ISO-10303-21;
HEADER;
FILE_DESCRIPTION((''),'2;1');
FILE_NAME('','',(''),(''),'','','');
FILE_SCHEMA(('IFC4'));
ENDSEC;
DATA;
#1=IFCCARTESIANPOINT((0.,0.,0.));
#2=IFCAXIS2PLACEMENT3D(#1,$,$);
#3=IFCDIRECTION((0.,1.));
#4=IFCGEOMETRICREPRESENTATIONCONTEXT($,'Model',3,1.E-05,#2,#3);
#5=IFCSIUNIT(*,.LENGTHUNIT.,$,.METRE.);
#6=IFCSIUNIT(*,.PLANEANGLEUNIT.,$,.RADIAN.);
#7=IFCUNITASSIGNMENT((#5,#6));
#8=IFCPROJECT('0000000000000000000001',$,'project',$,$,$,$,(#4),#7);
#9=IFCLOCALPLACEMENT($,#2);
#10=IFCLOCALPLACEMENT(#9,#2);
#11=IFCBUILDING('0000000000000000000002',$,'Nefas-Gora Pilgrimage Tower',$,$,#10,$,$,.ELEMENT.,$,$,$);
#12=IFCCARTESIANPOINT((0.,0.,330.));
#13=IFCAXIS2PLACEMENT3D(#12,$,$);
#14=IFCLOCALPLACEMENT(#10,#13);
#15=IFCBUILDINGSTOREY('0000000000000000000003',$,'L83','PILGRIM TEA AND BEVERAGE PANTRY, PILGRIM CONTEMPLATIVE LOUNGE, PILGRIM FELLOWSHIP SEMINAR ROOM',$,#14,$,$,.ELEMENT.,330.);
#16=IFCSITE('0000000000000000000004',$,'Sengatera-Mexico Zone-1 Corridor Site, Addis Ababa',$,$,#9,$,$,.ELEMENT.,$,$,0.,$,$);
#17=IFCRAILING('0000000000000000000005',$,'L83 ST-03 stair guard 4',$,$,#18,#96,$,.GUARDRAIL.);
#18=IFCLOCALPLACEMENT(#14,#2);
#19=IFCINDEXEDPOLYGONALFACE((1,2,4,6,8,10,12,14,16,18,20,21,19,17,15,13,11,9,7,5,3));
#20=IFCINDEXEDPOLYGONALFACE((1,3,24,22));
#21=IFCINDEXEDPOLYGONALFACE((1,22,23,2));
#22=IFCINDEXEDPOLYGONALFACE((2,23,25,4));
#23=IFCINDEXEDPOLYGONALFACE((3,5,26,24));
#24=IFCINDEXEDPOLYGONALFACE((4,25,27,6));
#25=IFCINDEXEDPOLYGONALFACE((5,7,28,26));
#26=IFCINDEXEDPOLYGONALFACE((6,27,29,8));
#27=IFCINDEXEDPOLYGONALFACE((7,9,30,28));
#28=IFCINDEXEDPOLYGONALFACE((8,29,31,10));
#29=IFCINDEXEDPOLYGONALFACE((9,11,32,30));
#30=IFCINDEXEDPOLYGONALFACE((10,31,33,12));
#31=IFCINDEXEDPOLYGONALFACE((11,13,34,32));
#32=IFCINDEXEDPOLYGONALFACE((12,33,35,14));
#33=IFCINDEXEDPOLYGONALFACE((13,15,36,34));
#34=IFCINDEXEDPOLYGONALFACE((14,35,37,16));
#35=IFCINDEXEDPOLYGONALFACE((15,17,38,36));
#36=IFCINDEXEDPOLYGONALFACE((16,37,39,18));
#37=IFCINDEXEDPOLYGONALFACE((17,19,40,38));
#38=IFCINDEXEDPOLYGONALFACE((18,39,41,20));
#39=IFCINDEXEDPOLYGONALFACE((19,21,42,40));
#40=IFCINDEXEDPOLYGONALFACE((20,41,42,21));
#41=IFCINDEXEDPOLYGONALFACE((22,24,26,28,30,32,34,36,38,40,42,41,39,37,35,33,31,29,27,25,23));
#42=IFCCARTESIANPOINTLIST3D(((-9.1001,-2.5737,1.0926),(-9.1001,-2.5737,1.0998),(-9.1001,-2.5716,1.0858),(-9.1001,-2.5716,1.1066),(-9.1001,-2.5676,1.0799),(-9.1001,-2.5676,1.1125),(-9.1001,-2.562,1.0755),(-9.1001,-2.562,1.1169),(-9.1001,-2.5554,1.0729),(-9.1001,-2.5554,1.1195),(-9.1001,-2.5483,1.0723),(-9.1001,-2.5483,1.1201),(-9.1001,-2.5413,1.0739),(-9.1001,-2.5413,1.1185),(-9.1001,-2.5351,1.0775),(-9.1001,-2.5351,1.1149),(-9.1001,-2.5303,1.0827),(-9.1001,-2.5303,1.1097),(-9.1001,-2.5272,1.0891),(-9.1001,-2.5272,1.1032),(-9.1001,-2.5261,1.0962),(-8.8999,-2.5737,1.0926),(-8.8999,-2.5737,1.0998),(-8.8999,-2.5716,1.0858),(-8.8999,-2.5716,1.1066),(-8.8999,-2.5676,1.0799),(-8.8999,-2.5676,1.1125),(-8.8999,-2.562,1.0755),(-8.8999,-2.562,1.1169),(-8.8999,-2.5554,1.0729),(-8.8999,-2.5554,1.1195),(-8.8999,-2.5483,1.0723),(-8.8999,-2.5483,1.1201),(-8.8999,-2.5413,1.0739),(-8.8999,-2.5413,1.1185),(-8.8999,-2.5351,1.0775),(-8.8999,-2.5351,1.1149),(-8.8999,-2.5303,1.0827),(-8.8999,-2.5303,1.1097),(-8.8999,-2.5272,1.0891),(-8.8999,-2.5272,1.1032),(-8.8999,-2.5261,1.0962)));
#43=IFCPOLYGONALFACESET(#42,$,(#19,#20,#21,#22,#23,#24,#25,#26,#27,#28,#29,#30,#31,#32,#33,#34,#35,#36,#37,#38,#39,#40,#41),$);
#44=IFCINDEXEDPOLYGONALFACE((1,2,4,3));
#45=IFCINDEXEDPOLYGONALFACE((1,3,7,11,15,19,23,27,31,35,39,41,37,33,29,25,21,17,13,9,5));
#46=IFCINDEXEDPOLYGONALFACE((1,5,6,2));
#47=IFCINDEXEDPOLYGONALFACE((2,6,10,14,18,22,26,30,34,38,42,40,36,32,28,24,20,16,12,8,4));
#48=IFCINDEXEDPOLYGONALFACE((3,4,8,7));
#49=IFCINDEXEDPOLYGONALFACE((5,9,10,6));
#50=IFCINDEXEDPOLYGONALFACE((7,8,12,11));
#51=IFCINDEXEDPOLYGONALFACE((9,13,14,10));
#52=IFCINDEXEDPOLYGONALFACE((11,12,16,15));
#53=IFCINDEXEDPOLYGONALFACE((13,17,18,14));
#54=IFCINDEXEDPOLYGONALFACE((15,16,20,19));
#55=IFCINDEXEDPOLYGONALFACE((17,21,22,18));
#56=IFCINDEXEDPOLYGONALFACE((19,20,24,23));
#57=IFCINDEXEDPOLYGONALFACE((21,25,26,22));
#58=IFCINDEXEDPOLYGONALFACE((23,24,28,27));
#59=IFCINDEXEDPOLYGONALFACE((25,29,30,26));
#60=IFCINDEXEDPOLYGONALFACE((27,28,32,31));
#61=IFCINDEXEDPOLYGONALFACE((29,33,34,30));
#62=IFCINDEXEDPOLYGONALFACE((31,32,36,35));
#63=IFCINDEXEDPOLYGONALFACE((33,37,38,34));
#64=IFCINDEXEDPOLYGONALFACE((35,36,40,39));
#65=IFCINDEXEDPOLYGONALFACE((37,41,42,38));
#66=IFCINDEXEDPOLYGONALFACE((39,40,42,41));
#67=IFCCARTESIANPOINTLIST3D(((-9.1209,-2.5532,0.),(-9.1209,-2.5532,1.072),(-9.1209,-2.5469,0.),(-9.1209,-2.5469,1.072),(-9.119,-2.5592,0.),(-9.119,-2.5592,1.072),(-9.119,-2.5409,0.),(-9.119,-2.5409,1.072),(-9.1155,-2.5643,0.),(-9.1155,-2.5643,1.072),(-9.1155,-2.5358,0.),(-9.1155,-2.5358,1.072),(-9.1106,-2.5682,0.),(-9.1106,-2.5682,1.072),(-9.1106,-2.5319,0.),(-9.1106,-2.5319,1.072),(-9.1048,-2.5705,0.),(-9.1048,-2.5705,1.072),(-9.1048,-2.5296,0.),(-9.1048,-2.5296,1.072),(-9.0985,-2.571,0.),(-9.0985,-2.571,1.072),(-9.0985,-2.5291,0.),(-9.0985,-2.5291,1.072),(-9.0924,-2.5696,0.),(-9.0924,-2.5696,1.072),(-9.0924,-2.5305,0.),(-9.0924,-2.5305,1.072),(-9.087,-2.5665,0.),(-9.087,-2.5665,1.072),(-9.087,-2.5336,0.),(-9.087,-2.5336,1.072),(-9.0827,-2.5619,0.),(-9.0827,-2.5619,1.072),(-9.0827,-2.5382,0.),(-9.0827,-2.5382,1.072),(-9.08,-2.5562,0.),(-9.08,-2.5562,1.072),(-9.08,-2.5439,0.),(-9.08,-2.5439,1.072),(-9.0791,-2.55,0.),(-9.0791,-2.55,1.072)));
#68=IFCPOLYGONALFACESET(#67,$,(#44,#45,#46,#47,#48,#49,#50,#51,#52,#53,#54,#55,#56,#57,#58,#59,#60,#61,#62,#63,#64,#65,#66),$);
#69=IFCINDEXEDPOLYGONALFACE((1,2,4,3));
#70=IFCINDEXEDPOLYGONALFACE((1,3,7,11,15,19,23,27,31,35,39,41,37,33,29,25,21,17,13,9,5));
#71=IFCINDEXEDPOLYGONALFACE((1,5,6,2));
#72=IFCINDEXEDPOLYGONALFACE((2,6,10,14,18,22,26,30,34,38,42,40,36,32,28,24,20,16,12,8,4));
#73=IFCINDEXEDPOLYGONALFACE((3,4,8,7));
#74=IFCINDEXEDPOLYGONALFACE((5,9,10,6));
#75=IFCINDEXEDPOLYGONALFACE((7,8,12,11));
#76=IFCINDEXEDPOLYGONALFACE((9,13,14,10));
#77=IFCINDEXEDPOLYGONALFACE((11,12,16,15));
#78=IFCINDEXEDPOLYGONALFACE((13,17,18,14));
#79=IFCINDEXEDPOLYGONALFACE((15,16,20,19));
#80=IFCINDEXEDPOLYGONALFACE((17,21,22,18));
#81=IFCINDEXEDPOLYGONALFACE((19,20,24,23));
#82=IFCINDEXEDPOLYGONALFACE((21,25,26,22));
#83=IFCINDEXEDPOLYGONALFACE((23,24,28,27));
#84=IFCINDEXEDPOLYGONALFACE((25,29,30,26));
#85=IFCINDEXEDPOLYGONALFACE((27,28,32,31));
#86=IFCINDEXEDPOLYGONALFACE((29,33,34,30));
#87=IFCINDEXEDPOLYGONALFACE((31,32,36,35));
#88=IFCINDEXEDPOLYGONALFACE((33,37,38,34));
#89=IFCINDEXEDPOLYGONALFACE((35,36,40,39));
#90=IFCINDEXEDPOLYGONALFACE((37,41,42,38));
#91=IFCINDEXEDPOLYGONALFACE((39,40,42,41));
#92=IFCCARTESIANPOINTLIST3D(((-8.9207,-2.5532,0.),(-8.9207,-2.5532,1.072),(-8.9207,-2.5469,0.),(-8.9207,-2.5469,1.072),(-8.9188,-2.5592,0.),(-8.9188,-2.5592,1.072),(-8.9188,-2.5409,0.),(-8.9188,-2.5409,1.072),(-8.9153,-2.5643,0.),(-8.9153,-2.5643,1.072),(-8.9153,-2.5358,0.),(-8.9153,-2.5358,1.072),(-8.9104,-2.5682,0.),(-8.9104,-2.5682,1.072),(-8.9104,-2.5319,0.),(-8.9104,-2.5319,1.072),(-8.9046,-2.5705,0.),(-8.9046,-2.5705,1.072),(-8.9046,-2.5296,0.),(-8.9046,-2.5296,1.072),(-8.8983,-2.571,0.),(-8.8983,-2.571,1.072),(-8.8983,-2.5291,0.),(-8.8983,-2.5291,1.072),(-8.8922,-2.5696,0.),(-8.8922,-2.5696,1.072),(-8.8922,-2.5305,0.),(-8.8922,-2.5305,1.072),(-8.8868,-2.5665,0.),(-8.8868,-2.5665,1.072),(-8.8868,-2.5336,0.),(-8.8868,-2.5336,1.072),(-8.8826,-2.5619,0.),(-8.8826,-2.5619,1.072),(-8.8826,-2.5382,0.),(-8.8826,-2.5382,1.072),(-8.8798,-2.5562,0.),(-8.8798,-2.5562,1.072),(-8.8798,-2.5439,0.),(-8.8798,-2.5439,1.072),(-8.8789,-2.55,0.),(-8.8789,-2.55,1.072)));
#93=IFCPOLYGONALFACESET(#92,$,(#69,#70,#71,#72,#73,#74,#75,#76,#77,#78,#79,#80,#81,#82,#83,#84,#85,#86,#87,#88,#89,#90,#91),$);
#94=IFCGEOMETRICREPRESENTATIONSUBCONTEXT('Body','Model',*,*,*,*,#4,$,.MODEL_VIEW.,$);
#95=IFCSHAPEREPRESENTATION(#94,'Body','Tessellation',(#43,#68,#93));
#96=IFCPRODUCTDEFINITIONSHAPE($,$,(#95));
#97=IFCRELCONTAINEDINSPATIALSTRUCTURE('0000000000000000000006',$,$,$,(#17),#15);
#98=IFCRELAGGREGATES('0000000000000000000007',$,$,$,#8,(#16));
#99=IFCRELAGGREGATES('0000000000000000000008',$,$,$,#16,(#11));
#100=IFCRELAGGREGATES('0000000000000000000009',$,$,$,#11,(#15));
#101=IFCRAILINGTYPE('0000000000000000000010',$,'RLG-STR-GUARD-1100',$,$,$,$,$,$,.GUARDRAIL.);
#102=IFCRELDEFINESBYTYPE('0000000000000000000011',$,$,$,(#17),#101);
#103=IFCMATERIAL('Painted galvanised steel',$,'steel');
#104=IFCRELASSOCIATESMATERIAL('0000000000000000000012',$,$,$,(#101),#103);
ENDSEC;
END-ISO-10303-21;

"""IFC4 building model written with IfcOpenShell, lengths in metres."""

from ifc_helpers import new_model, si_unit, direction, frame, origin, origin_2d, place, context, subcontext, project, spatial, circle, extrude, material, type_object, element, save


model = new_model("IFC4")

# Units and contexts
model_context = context("Model", 3, precision=1e-05, world=origin(), true_north=direction((0.0, 1.0)))
body_context = subcontext(model_context, "Body", "Model", "MODEL_VIEW")
ifc_project = project(units=[si_unit("LENGTHUNIT", "METRE"), si_unit("PLANEANGLEUNIT", "RADIAN")], contexts=[model_context])

# Site, building, storey
site_placement = place(None, origin())
site = spatial("IfcSite", under=ifc_project, at=site_placement, Name="Sengatera-Mexico Zone-1 Corridor Site, Addis Ababa", CompositionType="ELEMENT", RefElevation=0.0)
building_placement = place(site_placement, origin())
building = spatial("IfcBuilding", under=site, at=building_placement, Name="Nefas-Gora Pilgrimage Tower", CompositionType="ELEMENT")
storey_placement = place(building_placement, frame((0.0, 0.0, 330.0)))
storey = spatial("IfcBuildingStorey", under=building, at=storey_placement, Name="L83", Description="PILGRIM TEA AND BEVERAGE PANTRY, PILGRIM CONTEMPLATIVE LOUNGE, PILGRIM FELLOWSHIP SEMINAR ROOM", CompositionType="ELEMENT", Elevation=330.0)

# Railing
ifc_material_1 = material(Name="Painted galvanised steel", Category="steel")
railing_type_1 = type_object("IfcRailingType", Name="RLG-STR-GUARD-1100", PredefinedType="GUARDRAIL", material=ifc_material_1)
railing_1_placement = place(storey_placement, frame((-9.1001, -2.55, 0.0)))
element("IfcRailing", 1, at=railing_1_placement, inside=storey, type_object=railing_type_1, Name="L83 ST-03 stair guard 4", PredefinedType="GUARDRAIL", context=body_context, shape_type="SweptSolid", body=[
    extrude(circle(Radius=0.0239, at=origin_2d()), frame((0.0, 0.0, 1.0962), z_axis=(1.0, 0.0, 0.0), x_axis=(0.0, 1.0, 0.0)), (0.0, 0.0, 1.0), 0.2002),
    extrude(circle(Radius=0.021, at=origin_2d()), origin(), (0.0, 0.0, 1.0), 1.072),
    extrude(circle(Radius=0.021, at=origin_2d()), frame((0.2002, 0.0, 0.0)), (0.0, 0.0, 1.0), 1.072),
])

save(model, "model.ifc")
